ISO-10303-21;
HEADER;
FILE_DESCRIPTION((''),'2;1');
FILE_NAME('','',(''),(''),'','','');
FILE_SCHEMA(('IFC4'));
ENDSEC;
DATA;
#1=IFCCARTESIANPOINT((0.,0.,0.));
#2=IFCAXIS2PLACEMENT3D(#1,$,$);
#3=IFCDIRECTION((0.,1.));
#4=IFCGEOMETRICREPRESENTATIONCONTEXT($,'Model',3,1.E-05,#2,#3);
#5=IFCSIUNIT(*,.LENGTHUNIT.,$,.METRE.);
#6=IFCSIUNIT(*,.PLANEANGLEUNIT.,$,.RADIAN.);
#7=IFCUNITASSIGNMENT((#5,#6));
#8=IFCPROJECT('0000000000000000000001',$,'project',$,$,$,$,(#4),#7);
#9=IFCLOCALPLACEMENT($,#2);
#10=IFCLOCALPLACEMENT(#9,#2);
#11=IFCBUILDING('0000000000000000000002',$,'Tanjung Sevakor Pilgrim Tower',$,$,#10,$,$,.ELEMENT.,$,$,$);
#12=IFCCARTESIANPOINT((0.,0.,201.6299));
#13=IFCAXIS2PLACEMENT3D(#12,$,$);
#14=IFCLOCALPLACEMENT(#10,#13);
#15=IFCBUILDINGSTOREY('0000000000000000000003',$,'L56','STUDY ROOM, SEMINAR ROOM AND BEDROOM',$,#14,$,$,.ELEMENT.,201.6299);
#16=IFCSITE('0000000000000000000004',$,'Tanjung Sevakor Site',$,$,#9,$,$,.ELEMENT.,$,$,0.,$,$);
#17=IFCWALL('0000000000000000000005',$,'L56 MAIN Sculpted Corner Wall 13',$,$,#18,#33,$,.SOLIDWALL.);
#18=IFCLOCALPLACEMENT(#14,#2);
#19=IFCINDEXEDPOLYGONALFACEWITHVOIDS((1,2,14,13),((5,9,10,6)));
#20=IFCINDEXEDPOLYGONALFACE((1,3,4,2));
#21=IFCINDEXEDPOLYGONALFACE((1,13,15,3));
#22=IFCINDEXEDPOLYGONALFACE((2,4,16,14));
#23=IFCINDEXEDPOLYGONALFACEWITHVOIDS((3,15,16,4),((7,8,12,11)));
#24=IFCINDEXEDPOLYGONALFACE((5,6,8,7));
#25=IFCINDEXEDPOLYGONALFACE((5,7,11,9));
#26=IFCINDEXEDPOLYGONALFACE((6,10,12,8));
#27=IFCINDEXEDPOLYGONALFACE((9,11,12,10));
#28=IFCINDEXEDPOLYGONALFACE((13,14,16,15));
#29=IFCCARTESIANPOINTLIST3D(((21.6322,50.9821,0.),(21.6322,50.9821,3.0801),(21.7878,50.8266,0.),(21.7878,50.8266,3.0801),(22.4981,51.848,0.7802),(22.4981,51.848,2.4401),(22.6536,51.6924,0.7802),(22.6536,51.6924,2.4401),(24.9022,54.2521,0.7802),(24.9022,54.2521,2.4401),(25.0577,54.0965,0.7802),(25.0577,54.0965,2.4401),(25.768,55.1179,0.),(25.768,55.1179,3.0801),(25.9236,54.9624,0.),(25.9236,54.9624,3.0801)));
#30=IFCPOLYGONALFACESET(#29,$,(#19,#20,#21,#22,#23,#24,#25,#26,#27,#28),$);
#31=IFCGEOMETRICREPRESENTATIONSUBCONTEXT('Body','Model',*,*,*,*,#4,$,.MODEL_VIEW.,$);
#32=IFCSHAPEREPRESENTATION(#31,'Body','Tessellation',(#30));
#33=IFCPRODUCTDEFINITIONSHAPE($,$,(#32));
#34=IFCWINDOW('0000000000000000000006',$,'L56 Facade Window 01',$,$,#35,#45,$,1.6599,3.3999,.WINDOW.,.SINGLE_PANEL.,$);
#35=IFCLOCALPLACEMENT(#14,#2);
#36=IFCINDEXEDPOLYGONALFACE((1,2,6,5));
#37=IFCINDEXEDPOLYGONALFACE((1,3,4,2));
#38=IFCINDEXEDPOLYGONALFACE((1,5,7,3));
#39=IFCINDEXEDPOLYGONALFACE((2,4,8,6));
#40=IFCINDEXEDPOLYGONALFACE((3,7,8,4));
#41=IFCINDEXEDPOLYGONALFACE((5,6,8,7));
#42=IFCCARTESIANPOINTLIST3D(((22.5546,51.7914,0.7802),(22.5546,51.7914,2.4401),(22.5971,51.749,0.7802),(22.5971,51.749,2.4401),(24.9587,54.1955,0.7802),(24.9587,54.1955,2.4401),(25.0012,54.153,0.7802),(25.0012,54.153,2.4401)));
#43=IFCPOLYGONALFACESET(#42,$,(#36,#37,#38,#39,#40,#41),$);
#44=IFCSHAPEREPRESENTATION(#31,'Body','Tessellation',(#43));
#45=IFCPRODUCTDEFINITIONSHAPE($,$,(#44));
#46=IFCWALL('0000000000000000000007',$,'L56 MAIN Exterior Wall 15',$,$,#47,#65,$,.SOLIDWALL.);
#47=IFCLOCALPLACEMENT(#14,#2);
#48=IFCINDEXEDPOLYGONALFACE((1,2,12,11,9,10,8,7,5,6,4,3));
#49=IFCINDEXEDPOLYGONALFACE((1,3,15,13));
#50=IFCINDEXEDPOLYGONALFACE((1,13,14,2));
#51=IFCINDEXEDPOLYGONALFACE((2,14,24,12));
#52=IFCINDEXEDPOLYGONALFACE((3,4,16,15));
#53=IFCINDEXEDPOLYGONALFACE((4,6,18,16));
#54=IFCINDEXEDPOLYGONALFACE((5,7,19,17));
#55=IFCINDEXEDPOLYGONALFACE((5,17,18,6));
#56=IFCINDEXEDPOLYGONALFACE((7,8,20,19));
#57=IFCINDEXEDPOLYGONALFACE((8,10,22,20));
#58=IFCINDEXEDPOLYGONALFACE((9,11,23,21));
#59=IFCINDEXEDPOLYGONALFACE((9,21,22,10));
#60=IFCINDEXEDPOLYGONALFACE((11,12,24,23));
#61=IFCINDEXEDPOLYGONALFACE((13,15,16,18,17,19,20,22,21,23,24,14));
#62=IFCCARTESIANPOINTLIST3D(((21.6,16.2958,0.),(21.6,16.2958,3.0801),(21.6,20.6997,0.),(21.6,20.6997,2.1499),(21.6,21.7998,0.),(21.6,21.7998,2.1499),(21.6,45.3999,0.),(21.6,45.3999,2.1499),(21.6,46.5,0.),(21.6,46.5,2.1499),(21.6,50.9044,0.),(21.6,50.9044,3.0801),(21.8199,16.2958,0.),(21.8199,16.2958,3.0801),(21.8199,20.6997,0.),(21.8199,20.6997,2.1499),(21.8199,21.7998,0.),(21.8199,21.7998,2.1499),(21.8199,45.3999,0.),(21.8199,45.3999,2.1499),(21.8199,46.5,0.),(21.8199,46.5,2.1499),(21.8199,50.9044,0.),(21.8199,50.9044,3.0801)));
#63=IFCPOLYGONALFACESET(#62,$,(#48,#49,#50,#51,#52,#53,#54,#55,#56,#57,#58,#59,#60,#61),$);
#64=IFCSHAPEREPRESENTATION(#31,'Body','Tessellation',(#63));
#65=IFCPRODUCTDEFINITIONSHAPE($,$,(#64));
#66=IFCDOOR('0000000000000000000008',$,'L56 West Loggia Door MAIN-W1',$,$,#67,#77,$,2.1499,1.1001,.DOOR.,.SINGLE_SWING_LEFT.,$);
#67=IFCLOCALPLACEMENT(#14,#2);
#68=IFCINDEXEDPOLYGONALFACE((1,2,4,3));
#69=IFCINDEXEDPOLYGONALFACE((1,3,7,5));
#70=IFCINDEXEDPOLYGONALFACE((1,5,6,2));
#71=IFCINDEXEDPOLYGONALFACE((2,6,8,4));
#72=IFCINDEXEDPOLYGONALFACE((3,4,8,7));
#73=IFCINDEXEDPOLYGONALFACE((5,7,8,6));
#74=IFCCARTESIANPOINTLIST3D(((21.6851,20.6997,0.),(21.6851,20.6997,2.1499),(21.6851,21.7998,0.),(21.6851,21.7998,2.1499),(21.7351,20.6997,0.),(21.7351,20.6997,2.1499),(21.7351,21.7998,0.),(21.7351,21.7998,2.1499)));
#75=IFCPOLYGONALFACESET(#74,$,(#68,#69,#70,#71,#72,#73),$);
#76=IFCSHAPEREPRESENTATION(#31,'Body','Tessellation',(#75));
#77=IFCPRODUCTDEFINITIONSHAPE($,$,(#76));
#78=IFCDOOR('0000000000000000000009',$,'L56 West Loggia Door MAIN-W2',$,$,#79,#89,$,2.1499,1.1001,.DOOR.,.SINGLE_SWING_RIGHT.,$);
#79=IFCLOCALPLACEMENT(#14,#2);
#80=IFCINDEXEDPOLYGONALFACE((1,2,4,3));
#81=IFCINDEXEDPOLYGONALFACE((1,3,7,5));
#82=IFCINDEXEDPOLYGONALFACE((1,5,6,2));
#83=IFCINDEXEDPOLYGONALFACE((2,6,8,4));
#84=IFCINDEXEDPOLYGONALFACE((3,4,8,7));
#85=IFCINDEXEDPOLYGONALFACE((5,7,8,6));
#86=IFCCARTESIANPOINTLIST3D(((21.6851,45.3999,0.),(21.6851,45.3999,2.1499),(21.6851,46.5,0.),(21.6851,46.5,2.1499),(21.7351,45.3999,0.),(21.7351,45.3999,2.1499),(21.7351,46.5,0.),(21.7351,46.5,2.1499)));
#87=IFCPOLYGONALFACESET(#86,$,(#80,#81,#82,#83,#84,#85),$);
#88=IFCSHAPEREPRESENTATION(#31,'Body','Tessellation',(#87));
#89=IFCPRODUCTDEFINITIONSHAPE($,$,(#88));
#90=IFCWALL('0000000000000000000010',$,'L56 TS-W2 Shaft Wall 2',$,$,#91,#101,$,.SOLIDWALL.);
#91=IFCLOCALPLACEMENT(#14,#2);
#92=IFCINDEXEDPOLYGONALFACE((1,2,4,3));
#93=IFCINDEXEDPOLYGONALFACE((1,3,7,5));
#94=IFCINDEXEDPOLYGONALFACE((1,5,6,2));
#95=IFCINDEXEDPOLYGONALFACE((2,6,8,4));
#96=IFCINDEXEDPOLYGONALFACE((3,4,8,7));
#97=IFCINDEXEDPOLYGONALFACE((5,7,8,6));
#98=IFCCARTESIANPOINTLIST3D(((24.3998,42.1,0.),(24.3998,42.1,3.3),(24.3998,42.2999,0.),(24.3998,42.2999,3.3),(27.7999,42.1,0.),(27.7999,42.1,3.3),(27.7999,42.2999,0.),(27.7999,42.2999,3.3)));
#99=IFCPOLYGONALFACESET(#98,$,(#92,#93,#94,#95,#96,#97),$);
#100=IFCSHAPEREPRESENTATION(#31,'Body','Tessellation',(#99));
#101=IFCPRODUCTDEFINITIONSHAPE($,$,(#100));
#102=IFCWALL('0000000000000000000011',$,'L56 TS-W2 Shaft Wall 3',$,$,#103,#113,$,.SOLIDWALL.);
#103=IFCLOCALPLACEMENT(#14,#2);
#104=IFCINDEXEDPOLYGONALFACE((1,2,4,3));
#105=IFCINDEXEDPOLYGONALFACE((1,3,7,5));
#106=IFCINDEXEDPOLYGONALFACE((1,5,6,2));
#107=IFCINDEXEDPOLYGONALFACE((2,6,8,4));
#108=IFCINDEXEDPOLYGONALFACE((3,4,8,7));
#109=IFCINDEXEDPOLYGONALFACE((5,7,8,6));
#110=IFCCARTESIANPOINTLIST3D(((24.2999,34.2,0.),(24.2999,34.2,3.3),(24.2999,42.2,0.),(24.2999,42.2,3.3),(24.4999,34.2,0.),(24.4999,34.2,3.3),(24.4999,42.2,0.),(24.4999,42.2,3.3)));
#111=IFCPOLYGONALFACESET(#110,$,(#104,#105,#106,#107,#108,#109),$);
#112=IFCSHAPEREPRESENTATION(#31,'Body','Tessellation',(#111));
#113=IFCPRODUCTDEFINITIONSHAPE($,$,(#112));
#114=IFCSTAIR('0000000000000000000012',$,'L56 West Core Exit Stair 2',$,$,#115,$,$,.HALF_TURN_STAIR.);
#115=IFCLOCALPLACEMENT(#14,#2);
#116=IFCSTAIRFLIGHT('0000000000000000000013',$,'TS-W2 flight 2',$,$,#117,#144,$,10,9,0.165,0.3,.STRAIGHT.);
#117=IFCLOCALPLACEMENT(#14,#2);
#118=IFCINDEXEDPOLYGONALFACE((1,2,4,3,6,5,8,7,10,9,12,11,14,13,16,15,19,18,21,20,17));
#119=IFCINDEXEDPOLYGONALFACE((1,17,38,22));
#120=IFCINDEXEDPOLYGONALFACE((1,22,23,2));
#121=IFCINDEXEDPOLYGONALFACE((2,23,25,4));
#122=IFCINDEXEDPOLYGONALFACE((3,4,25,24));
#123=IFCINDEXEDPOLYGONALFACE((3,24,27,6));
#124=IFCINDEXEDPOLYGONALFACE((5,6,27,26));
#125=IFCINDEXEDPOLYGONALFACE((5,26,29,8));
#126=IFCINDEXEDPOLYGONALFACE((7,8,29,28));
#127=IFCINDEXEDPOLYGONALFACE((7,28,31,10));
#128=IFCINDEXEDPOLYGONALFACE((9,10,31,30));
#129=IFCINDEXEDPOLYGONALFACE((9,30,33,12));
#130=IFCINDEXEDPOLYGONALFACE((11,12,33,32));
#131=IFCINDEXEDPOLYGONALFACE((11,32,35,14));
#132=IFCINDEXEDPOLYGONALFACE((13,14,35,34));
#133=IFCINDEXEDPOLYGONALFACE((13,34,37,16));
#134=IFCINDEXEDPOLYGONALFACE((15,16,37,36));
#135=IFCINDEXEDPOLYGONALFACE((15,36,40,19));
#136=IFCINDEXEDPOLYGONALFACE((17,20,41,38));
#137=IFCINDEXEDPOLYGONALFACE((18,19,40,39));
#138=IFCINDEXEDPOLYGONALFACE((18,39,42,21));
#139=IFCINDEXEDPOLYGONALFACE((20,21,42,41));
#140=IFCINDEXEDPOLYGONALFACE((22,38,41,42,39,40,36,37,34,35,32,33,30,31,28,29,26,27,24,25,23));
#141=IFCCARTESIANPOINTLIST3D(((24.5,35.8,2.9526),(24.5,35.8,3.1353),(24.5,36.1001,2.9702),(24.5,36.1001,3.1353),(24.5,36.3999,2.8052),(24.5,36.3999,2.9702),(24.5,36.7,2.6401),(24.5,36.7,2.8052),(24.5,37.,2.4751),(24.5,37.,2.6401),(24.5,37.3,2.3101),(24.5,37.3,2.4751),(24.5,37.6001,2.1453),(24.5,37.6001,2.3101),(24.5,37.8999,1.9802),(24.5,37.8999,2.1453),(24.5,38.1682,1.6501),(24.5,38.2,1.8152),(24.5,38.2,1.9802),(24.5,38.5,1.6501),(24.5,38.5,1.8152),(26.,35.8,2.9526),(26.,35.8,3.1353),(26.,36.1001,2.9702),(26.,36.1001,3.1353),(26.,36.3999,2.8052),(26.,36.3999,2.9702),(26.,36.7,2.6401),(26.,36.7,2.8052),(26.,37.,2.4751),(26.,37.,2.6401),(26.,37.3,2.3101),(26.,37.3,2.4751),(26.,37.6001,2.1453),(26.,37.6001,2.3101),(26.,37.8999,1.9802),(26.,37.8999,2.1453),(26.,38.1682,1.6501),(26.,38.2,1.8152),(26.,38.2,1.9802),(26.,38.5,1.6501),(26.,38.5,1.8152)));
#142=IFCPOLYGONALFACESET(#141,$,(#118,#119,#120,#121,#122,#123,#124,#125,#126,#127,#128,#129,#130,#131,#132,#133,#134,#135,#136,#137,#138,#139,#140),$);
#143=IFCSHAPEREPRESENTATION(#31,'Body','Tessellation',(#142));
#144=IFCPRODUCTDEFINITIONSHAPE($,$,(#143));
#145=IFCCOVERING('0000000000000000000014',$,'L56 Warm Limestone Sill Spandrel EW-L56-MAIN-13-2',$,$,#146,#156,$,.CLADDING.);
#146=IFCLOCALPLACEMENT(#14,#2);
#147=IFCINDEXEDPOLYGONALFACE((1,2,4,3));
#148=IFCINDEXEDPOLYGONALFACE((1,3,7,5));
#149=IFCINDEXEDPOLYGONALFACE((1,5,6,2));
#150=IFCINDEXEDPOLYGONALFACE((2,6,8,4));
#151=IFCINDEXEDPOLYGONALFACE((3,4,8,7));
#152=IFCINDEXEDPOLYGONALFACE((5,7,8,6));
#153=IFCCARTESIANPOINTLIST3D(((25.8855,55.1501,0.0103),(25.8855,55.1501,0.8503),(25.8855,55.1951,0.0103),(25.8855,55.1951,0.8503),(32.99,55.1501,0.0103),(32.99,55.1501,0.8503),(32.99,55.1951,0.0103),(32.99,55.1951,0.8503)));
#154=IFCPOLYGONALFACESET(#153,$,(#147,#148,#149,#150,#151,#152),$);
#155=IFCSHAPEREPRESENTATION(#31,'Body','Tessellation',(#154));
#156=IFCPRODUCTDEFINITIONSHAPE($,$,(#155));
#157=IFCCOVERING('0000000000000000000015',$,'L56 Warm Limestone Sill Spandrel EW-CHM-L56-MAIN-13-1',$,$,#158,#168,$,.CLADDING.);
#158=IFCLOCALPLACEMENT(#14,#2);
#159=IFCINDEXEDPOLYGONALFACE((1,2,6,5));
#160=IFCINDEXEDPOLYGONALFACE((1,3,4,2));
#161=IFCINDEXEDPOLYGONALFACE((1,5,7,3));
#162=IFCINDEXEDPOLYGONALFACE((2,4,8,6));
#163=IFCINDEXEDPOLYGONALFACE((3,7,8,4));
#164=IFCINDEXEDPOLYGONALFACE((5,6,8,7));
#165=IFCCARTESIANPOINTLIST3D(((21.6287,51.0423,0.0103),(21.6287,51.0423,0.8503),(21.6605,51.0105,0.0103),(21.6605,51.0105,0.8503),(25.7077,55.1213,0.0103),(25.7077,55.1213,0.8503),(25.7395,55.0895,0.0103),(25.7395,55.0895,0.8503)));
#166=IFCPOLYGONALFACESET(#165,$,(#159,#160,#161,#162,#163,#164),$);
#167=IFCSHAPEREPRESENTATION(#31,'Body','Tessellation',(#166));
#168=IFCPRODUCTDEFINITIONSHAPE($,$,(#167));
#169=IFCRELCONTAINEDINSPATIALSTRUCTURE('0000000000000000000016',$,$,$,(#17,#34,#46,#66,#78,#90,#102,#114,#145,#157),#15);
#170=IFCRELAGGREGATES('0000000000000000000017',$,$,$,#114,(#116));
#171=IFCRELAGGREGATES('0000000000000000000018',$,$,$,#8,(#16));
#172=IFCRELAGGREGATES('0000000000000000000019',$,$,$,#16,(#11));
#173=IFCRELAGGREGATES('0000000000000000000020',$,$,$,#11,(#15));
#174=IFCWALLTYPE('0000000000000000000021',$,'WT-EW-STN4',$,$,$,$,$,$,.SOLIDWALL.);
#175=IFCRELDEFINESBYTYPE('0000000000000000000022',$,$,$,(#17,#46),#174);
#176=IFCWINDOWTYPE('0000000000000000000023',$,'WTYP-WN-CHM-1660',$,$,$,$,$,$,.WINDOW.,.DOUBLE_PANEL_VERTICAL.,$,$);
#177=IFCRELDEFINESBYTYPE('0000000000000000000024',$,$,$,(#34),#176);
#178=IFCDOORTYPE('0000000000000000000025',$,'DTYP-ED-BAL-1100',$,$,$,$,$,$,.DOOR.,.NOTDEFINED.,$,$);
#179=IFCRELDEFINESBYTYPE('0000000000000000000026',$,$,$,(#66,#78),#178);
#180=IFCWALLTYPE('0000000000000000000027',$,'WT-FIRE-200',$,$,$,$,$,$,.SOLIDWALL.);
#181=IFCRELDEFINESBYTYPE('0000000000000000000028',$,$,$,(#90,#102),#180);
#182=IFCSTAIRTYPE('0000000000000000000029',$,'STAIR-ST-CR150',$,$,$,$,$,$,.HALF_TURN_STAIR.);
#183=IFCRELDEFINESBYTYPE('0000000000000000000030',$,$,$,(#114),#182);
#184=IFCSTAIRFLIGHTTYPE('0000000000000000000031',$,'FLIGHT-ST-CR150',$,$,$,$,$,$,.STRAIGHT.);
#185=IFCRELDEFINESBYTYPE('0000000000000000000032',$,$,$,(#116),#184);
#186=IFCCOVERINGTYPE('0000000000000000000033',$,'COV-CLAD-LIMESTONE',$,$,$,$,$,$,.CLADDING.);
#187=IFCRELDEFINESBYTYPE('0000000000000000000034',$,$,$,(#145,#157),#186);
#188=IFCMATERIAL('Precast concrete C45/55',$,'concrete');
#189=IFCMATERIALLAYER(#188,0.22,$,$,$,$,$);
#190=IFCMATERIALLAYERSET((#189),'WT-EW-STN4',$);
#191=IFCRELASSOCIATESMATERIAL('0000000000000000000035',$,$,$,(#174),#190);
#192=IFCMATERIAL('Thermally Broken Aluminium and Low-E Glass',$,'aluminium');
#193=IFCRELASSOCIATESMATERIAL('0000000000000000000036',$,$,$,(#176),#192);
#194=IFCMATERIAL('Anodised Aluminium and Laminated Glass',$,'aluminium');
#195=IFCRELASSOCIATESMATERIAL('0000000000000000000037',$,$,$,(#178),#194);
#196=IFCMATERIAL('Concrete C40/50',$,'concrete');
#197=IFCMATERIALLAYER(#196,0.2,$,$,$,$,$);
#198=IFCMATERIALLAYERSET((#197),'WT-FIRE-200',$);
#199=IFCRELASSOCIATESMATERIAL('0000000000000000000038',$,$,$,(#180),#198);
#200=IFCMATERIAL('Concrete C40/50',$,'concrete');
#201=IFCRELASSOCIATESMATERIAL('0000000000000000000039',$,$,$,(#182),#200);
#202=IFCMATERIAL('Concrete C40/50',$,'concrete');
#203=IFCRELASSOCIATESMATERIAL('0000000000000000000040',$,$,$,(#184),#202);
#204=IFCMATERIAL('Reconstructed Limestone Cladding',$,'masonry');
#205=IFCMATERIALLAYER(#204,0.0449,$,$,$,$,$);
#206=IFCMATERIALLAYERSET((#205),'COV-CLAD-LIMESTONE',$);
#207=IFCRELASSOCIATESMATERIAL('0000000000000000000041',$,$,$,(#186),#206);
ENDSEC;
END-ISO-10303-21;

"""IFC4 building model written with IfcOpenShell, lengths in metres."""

from ifc_helpers import new_model, si_unit, direction, frame, frame_2d, origin, origin_2d, place, context, subcontext, project, spatial, polyline, rectangle, outline, extrude, material, layer, layer_set, type_object, element, fill, aggregate, save


model = new_model("IFC4")

# Units and contexts
model_context = context("Model", 3, precision=1e-05, world=origin(), true_north=direction((0.0, 1.0)))
body_context = subcontext(model_context, "Body", "Model", "MODEL_VIEW")
ifc_project = project(units=[si_unit("LENGTHUNIT", "METRE"), si_unit("PLANEANGLEUNIT", "RADIAN")], contexts=[model_context])

# Site, building, storey
site_placement = place(None, origin())
site = spatial("IfcSite", under=ifc_project, at=site_placement, Name="Tanjung Sevakor Site", CompositionType="ELEMENT", RefElevation=0.0)
building_placement = place(site_placement, origin())
building = spatial("IfcBuilding", under=site, at=building_placement, Name="Tanjung Sevakor Pilgrim Tower", CompositionType="ELEMENT")
storey_placement = place(building_placement, frame((0.0, 0.0, 201.6299)))
storey = spatial("IfcBuildingStorey", under=building, at=storey_placement, Name="L56", Description="STUDY ROOM, SEMINAR ROOM AND BEDROOM", CompositionType="ELEMENT", Elevation=201.6299)

# Wall, opening, window
ifc_material_1 = material(Name="Precast concrete C45/55", Category="concrete")
ifc_layer_1 = layer(ifc_material_1, 0.22)
ifc_layer_set_1 = layer_set([ifc_layer_1], Name="WT-EW-STN4")
wall_type_1 = type_object("IfcWallType", Name="WT-EW-STN4", PredefinedType="SOLIDWALL", material=ifc_layer_set_1)
wall_1_placement = place(storey_placement, frame((25.8457, 55.04, 0.0), z_axis=(0.0, 0.0, 1.0), x_axis=(-0.707107, -0.707107, 0.0)))
wall_1 = element("IfcWall", 1, at=wall_1_placement, inside=storey, type_object=wall_type_1, Name="L56 MAIN Sculpted Corner Wall 13", PredefinedType="SOLIDWALL", context=body_context, shape_type="SweptSolid", body=[
    extrude(rectangle(XDim=5.8489, YDim=0.22, at=frame_2d((2.9243, 0.0))), origin(), (0.0, 0.0, 1.0), 3.0801),
])
opening_1_placement = place(wall_1_placement, frame((1.2244, 0.0, 0.78)))
opening_1 = element("IfcOpeningElement", 2, at=opening_1_placement, cuts=wall_1, PredefinedType="OPENING", context=body_context, shape_type="SweptSolid", body=[
    extrude(rectangle(XDim=3.3999, YDim=1.6599, at=frame_2d((1.7, 0.8301))), frame((0.0, 0.1199, 0.0), z_axis=(0.0, -1.0, 0.0), x_axis=(1.0, 0.0, 0.0)), (0.0, 0.0, 1.0), 0.24),
])
ifc_material_2 = material(Name="Thermally Broken Aluminium and Low-E Glass", Category="aluminium")
window_type = type_object("IfcWindowType", Name="WTYP-WN-CHM-1660", PartitioningType="DOUBLE_PANEL_VERTICAL", PredefinedType="WINDOW", material=ifc_material_2)
window_placement = place(opening_1_placement, origin())
window = element("IfcWindow", 3, at=window_placement, inside=storey, type_object=window_type, Name="L56 Facade Window 01", OverallHeight=1.6599, OverallWidth=3.3999, PartitioningType="SINGLE_PANEL", PredefinedType="WINDOW", context=body_context, shape_type="SweptSolid", body=[
    extrude(rectangle(XDim=3.3999, YDim=1.6599, at=frame_2d((1.7, 0.8301))), frame((0.0, 0.03, 0.0), z_axis=(0.0, -1.0, 0.0), x_axis=(1.0, 0.0, 0.0)), (0.0, 0.0, 1.0), 0.0601),
])
fill(opening_1, window)

# Wall, openings, doors
wall_2_placement = place(storey_placement, frame((21.71, 50.9043, 0.0), z_axis=(0.0, 0.0, 1.0), x_axis=(0.0, -1.0, 0.0)))
wall_2 = element("IfcWall", 4, at=wall_2_placement, inside=storey, type_object=wall_type_1, Name="L56 MAIN Exterior Wall 15", PredefinedType="SOLIDWALL", context=body_context, shape_type="SweptSolid", body=[
    extrude(rectangle(XDim=34.6086, YDim=0.22, at=frame_2d((17.3042, 0.0))), origin(), (0.0, 0.0, 1.0), 3.0801),
])
opening_2_placement = place(wall_2_placement, frame((29.1045, 0.0, 0.0)))
opening_2 = element("IfcOpeningElement", 5, at=opening_2_placement, cuts=wall_2, PredefinedType="OPENING", context=body_context, shape_type="SweptSolid", body=[
    extrude(rectangle(XDim=1.1001, YDim=2.1499, at=frame_2d((0.55, 1.075))), frame((0.0, 0.1199, 0.0), z_axis=(0.0, -1.0, 0.0), x_axis=(1.0, 0.0, 0.0)), (0.0, 0.0, 1.0), 0.24),
])
opening_3_placement = place(wall_2_placement, frame((4.4043, 0.0, 0.0)))
opening_3 = element("IfcOpeningElement", 6, at=opening_3_placement, cuts=wall_2, PredefinedType="OPENING", context=body_context, shape_type="SweptSolid", body=[
    extrude(rectangle(XDim=1.1001, YDim=2.1499, at=frame_2d((0.55, 1.075))), frame((0.0, 0.1199, 0.0), z_axis=(0.0, -1.0, 0.0), x_axis=(1.0, 0.0, 0.0)), (0.0, 0.0, 1.0), 0.24),
])
ifc_material_3 = material(Name="Anodised Aluminium and Laminated Glass", Category="aluminium")
door_type_1 = type_object("IfcDoorType", Name="DTYP-ED-BAL-1100", OperationType="NOTDEFINED", PredefinedType="DOOR", material=ifc_material_3)
door_1_placement = place(opening_2_placement, frame((1.1001, 0.0, 0.0), z_axis=(0.0, 0.0, 1.0), x_axis=(-1.0, 0.0, 0.0)))
door_1 = element("IfcDoor", 7, at=door_1_placement, inside=storey, type_object=door_type_1, Name="L56 West Loggia Door MAIN-W1", OperationType="SINGLE_SWING_LEFT", OverallHeight=2.1499, OverallWidth=1.1001, PredefinedType="DOOR", context=body_context, shape_type="SweptSolid", body=[
    extrude(rectangle(XDim=1.1001, YDim=2.1499, at=frame_2d((0.55, 1.075))), frame((0.0, 0.0249, 0.0), z_axis=(0.0, -1.0, 0.0), x_axis=(1.0, 0.0, 0.0)), (0.0, 0.0, 1.0), 0.05),
])
fill(opening_2, door_1)
door_2_placement = place(opening_3_placement, frame((1.1001, 0.0, 0.0), z_axis=(0.0, 0.0, 1.0), x_axis=(-1.0, 0.0, 0.0)))
door_2 = element("IfcDoor", 8, at=door_2_placement, inside=storey, type_object=door_type_1, Name="L56 West Loggia Door MAIN-W2", OperationType="SINGLE_SWING_RIGHT", OverallHeight=2.1499, OverallWidth=1.1001, PredefinedType="DOOR", context=body_context, shape_type="SweptSolid", body=[
    extrude(rectangle(XDim=1.1001, YDim=2.1499, at=frame_2d((0.55, 1.075))), frame((0.0, 0.0249, 0.0), z_axis=(0.0, -1.0, 0.0), x_axis=(1.0, 0.0, 0.0)), (0.0, 0.0, 1.0), 0.05),
])
fill(opening_3, door_2)

# Walls
ifc_material_4 = material(Name="Concrete C40/50", Category="concrete")
ifc_layer_2 = layer(ifc_material_4, 0.2)
ifc_layer_set_2 = layer_set([ifc_layer_2], Name="WT-FIRE-200")
wall_type_2 = type_object("IfcWallType", Name="WT-FIRE-200", PredefinedType="SOLIDWALL", material=ifc_layer_set_2)
wall_3_placement = place(storey_placement, frame((27.8, 42.2, 0.0), z_axis=(0.0, 0.0, 1.0), x_axis=(-1.0, 0.0, 0.0)))
element("IfcWall", 9, at=wall_3_placement, inside=storey, type_object=wall_type_2, Name="L56 TS-W2 Shaft Wall 2", PredefinedType="SOLIDWALL", context=body_context, shape_type="SweptSolid", body=[
    extrude(rectangle(XDim=3.4001, YDim=0.2, at=frame_2d((1.7002, 0.0))), origin(), (0.0, 0.0, 1.0), 3.3),
])
wall_4_placement = place(storey_placement, frame((24.3999, 42.2, 0.0), z_axis=(0.0, 0.0, 1.0), x_axis=(0.0, -1.0, 0.0)))
element("IfcWall", 10, at=wall_4_placement, inside=storey, type_object=wall_type_2, Name="L56 TS-W2 Shaft Wall 3", PredefinedType="SOLIDWALL", context=body_context, shape_type="SweptSolid", body=[
    extrude(rectangle(XDim=8.0, YDim=0.2, at=frame_2d((4.0, 0.0))), origin(), (0.0, 0.0, 1.0), 3.3),
])

# Stair, stair flight
ifc_material_5 = material(Name="Concrete C40/50", Category="concrete")
stair_type = type_object("IfcStairType", Name="STAIR-ST-CR150", PredefinedType="HALF_TURN_STAIR", material=ifc_material_5)
stair_placement = place(storey_placement, origin())
stair = element("IfcStair", 11, at=stair_placement, inside=storey, type_object=stair_type, Name="L56 West Core Exit Stair 2", PredefinedType="HALF_TURN_STAIR")
ifc_material_6 = material(Name="Concrete C40/50", Category="concrete")
stair_flight_type = type_object("IfcStairFlightType", Name="FLIGHT-ST-CR150", PredefinedType="STRAIGHT", material=ifc_material_6)
stair_flight_placement = place(storey_placement, frame((25.25, 38.5, 1.6501), z_axis=(0.0, 0.0, 1.0), x_axis=(0.0, -1.0, 0.0)))
stair_flight = element("IfcStairFlight", 12, at=stair_flight_placement, type_object=stair_flight_type, Name="TS-W2 flight 2", NumberOfRisers=10, NumberOfTreads=9, PredefinedType="STRAIGHT", RiserHeight=0.165, TreadLength=0.3, context=body_context, shape_type="SweptSolid", body=[
    extrude(outline(polyline([(0.0, 0.0), (0.0, 0.165), (0.3, 0.165), (0.3, 0.3301), (0.6001, 0.3301), (0.6001, 0.4951), (0.8999, 0.4951), (0.8999, 0.6599), (1.2, 0.6599), (1.2, 0.825), (1.5, 0.825), (1.5, 0.99), (1.8, 0.99), (1.8, 1.155), (2.1001, 1.155), (2.1001, 1.3201), (2.3999, 1.3201), (2.3999, 1.4851), (2.7, 1.4851), (2.7, 1.6499), (2.7, 1.3025), (0.3318, 0.0), (0.0, 0.0)])), frame((0.0, 0.75, 0.0), z_axis=(0.0, -1.0, 0.0), x_axis=(1.0, 0.0, 0.0)), (0.0, 0.0, 1.0), 1.5),
])
aggregate(stair, [stair_flight])

# Coverings
ifc_material_7 = material(Name="Reconstructed Limestone Cladding", Category="masonry")
ifc_layer_3 = layer(ifc_material_7, 0.0449)
ifc_layer_set_3 = layer_set([ifc_layer_3], Name="COV-CLAD-LIMESTONE")
covering_type = type_object("IfcCoveringType", Name="COV-CLAD-LIMESTONE", PredefinedType="CLADDING", material=ifc_layer_set_3)
covering_1_placement = place(storey_placement, frame((29.4377, 55.1726, 0.0103), z_axis=(0.0, 0.0, 1.0), x_axis=(-1.0, 0.0, 0.0)))
element("IfcCovering", 13, at=covering_1_placement, inside=storey, type_object=covering_type, Name="L56 Warm Limestone Sill Spandrel EW-L56-MAIN-13-2", PredefinedType="CLADDING", context=body_context, shape_type="SweptSolid", body=[
    extrude(rectangle(XDim=7.1045, YDim=0.0449, at=origin_2d()), origin(), (0.0, 0.0, 1.0), 0.8401),
])
covering_2_placement = place(storey_placement, frame((23.6841, 53.0659, 0.0103), z_axis=(0.0, 0.0, 1.0), x_axis=(-0.707107, -0.707107, 0.0)))
element("IfcCovering", 14, at=covering_2_placement, inside=storey, type_object=covering_type, Name="L56 Warm Limestone Sill Spandrel EW-CHM-L56-MAIN-13-1", PredefinedType="CLADDING", context=body_context, shape_type="SweptSolid", body=[
    extrude(rectangle(XDim=5.7686, YDim=0.0449, at=origin_2d()), origin(), (0.0, 0.0, 1.0), 0.8401),
])

save(model, "model.ifc")
